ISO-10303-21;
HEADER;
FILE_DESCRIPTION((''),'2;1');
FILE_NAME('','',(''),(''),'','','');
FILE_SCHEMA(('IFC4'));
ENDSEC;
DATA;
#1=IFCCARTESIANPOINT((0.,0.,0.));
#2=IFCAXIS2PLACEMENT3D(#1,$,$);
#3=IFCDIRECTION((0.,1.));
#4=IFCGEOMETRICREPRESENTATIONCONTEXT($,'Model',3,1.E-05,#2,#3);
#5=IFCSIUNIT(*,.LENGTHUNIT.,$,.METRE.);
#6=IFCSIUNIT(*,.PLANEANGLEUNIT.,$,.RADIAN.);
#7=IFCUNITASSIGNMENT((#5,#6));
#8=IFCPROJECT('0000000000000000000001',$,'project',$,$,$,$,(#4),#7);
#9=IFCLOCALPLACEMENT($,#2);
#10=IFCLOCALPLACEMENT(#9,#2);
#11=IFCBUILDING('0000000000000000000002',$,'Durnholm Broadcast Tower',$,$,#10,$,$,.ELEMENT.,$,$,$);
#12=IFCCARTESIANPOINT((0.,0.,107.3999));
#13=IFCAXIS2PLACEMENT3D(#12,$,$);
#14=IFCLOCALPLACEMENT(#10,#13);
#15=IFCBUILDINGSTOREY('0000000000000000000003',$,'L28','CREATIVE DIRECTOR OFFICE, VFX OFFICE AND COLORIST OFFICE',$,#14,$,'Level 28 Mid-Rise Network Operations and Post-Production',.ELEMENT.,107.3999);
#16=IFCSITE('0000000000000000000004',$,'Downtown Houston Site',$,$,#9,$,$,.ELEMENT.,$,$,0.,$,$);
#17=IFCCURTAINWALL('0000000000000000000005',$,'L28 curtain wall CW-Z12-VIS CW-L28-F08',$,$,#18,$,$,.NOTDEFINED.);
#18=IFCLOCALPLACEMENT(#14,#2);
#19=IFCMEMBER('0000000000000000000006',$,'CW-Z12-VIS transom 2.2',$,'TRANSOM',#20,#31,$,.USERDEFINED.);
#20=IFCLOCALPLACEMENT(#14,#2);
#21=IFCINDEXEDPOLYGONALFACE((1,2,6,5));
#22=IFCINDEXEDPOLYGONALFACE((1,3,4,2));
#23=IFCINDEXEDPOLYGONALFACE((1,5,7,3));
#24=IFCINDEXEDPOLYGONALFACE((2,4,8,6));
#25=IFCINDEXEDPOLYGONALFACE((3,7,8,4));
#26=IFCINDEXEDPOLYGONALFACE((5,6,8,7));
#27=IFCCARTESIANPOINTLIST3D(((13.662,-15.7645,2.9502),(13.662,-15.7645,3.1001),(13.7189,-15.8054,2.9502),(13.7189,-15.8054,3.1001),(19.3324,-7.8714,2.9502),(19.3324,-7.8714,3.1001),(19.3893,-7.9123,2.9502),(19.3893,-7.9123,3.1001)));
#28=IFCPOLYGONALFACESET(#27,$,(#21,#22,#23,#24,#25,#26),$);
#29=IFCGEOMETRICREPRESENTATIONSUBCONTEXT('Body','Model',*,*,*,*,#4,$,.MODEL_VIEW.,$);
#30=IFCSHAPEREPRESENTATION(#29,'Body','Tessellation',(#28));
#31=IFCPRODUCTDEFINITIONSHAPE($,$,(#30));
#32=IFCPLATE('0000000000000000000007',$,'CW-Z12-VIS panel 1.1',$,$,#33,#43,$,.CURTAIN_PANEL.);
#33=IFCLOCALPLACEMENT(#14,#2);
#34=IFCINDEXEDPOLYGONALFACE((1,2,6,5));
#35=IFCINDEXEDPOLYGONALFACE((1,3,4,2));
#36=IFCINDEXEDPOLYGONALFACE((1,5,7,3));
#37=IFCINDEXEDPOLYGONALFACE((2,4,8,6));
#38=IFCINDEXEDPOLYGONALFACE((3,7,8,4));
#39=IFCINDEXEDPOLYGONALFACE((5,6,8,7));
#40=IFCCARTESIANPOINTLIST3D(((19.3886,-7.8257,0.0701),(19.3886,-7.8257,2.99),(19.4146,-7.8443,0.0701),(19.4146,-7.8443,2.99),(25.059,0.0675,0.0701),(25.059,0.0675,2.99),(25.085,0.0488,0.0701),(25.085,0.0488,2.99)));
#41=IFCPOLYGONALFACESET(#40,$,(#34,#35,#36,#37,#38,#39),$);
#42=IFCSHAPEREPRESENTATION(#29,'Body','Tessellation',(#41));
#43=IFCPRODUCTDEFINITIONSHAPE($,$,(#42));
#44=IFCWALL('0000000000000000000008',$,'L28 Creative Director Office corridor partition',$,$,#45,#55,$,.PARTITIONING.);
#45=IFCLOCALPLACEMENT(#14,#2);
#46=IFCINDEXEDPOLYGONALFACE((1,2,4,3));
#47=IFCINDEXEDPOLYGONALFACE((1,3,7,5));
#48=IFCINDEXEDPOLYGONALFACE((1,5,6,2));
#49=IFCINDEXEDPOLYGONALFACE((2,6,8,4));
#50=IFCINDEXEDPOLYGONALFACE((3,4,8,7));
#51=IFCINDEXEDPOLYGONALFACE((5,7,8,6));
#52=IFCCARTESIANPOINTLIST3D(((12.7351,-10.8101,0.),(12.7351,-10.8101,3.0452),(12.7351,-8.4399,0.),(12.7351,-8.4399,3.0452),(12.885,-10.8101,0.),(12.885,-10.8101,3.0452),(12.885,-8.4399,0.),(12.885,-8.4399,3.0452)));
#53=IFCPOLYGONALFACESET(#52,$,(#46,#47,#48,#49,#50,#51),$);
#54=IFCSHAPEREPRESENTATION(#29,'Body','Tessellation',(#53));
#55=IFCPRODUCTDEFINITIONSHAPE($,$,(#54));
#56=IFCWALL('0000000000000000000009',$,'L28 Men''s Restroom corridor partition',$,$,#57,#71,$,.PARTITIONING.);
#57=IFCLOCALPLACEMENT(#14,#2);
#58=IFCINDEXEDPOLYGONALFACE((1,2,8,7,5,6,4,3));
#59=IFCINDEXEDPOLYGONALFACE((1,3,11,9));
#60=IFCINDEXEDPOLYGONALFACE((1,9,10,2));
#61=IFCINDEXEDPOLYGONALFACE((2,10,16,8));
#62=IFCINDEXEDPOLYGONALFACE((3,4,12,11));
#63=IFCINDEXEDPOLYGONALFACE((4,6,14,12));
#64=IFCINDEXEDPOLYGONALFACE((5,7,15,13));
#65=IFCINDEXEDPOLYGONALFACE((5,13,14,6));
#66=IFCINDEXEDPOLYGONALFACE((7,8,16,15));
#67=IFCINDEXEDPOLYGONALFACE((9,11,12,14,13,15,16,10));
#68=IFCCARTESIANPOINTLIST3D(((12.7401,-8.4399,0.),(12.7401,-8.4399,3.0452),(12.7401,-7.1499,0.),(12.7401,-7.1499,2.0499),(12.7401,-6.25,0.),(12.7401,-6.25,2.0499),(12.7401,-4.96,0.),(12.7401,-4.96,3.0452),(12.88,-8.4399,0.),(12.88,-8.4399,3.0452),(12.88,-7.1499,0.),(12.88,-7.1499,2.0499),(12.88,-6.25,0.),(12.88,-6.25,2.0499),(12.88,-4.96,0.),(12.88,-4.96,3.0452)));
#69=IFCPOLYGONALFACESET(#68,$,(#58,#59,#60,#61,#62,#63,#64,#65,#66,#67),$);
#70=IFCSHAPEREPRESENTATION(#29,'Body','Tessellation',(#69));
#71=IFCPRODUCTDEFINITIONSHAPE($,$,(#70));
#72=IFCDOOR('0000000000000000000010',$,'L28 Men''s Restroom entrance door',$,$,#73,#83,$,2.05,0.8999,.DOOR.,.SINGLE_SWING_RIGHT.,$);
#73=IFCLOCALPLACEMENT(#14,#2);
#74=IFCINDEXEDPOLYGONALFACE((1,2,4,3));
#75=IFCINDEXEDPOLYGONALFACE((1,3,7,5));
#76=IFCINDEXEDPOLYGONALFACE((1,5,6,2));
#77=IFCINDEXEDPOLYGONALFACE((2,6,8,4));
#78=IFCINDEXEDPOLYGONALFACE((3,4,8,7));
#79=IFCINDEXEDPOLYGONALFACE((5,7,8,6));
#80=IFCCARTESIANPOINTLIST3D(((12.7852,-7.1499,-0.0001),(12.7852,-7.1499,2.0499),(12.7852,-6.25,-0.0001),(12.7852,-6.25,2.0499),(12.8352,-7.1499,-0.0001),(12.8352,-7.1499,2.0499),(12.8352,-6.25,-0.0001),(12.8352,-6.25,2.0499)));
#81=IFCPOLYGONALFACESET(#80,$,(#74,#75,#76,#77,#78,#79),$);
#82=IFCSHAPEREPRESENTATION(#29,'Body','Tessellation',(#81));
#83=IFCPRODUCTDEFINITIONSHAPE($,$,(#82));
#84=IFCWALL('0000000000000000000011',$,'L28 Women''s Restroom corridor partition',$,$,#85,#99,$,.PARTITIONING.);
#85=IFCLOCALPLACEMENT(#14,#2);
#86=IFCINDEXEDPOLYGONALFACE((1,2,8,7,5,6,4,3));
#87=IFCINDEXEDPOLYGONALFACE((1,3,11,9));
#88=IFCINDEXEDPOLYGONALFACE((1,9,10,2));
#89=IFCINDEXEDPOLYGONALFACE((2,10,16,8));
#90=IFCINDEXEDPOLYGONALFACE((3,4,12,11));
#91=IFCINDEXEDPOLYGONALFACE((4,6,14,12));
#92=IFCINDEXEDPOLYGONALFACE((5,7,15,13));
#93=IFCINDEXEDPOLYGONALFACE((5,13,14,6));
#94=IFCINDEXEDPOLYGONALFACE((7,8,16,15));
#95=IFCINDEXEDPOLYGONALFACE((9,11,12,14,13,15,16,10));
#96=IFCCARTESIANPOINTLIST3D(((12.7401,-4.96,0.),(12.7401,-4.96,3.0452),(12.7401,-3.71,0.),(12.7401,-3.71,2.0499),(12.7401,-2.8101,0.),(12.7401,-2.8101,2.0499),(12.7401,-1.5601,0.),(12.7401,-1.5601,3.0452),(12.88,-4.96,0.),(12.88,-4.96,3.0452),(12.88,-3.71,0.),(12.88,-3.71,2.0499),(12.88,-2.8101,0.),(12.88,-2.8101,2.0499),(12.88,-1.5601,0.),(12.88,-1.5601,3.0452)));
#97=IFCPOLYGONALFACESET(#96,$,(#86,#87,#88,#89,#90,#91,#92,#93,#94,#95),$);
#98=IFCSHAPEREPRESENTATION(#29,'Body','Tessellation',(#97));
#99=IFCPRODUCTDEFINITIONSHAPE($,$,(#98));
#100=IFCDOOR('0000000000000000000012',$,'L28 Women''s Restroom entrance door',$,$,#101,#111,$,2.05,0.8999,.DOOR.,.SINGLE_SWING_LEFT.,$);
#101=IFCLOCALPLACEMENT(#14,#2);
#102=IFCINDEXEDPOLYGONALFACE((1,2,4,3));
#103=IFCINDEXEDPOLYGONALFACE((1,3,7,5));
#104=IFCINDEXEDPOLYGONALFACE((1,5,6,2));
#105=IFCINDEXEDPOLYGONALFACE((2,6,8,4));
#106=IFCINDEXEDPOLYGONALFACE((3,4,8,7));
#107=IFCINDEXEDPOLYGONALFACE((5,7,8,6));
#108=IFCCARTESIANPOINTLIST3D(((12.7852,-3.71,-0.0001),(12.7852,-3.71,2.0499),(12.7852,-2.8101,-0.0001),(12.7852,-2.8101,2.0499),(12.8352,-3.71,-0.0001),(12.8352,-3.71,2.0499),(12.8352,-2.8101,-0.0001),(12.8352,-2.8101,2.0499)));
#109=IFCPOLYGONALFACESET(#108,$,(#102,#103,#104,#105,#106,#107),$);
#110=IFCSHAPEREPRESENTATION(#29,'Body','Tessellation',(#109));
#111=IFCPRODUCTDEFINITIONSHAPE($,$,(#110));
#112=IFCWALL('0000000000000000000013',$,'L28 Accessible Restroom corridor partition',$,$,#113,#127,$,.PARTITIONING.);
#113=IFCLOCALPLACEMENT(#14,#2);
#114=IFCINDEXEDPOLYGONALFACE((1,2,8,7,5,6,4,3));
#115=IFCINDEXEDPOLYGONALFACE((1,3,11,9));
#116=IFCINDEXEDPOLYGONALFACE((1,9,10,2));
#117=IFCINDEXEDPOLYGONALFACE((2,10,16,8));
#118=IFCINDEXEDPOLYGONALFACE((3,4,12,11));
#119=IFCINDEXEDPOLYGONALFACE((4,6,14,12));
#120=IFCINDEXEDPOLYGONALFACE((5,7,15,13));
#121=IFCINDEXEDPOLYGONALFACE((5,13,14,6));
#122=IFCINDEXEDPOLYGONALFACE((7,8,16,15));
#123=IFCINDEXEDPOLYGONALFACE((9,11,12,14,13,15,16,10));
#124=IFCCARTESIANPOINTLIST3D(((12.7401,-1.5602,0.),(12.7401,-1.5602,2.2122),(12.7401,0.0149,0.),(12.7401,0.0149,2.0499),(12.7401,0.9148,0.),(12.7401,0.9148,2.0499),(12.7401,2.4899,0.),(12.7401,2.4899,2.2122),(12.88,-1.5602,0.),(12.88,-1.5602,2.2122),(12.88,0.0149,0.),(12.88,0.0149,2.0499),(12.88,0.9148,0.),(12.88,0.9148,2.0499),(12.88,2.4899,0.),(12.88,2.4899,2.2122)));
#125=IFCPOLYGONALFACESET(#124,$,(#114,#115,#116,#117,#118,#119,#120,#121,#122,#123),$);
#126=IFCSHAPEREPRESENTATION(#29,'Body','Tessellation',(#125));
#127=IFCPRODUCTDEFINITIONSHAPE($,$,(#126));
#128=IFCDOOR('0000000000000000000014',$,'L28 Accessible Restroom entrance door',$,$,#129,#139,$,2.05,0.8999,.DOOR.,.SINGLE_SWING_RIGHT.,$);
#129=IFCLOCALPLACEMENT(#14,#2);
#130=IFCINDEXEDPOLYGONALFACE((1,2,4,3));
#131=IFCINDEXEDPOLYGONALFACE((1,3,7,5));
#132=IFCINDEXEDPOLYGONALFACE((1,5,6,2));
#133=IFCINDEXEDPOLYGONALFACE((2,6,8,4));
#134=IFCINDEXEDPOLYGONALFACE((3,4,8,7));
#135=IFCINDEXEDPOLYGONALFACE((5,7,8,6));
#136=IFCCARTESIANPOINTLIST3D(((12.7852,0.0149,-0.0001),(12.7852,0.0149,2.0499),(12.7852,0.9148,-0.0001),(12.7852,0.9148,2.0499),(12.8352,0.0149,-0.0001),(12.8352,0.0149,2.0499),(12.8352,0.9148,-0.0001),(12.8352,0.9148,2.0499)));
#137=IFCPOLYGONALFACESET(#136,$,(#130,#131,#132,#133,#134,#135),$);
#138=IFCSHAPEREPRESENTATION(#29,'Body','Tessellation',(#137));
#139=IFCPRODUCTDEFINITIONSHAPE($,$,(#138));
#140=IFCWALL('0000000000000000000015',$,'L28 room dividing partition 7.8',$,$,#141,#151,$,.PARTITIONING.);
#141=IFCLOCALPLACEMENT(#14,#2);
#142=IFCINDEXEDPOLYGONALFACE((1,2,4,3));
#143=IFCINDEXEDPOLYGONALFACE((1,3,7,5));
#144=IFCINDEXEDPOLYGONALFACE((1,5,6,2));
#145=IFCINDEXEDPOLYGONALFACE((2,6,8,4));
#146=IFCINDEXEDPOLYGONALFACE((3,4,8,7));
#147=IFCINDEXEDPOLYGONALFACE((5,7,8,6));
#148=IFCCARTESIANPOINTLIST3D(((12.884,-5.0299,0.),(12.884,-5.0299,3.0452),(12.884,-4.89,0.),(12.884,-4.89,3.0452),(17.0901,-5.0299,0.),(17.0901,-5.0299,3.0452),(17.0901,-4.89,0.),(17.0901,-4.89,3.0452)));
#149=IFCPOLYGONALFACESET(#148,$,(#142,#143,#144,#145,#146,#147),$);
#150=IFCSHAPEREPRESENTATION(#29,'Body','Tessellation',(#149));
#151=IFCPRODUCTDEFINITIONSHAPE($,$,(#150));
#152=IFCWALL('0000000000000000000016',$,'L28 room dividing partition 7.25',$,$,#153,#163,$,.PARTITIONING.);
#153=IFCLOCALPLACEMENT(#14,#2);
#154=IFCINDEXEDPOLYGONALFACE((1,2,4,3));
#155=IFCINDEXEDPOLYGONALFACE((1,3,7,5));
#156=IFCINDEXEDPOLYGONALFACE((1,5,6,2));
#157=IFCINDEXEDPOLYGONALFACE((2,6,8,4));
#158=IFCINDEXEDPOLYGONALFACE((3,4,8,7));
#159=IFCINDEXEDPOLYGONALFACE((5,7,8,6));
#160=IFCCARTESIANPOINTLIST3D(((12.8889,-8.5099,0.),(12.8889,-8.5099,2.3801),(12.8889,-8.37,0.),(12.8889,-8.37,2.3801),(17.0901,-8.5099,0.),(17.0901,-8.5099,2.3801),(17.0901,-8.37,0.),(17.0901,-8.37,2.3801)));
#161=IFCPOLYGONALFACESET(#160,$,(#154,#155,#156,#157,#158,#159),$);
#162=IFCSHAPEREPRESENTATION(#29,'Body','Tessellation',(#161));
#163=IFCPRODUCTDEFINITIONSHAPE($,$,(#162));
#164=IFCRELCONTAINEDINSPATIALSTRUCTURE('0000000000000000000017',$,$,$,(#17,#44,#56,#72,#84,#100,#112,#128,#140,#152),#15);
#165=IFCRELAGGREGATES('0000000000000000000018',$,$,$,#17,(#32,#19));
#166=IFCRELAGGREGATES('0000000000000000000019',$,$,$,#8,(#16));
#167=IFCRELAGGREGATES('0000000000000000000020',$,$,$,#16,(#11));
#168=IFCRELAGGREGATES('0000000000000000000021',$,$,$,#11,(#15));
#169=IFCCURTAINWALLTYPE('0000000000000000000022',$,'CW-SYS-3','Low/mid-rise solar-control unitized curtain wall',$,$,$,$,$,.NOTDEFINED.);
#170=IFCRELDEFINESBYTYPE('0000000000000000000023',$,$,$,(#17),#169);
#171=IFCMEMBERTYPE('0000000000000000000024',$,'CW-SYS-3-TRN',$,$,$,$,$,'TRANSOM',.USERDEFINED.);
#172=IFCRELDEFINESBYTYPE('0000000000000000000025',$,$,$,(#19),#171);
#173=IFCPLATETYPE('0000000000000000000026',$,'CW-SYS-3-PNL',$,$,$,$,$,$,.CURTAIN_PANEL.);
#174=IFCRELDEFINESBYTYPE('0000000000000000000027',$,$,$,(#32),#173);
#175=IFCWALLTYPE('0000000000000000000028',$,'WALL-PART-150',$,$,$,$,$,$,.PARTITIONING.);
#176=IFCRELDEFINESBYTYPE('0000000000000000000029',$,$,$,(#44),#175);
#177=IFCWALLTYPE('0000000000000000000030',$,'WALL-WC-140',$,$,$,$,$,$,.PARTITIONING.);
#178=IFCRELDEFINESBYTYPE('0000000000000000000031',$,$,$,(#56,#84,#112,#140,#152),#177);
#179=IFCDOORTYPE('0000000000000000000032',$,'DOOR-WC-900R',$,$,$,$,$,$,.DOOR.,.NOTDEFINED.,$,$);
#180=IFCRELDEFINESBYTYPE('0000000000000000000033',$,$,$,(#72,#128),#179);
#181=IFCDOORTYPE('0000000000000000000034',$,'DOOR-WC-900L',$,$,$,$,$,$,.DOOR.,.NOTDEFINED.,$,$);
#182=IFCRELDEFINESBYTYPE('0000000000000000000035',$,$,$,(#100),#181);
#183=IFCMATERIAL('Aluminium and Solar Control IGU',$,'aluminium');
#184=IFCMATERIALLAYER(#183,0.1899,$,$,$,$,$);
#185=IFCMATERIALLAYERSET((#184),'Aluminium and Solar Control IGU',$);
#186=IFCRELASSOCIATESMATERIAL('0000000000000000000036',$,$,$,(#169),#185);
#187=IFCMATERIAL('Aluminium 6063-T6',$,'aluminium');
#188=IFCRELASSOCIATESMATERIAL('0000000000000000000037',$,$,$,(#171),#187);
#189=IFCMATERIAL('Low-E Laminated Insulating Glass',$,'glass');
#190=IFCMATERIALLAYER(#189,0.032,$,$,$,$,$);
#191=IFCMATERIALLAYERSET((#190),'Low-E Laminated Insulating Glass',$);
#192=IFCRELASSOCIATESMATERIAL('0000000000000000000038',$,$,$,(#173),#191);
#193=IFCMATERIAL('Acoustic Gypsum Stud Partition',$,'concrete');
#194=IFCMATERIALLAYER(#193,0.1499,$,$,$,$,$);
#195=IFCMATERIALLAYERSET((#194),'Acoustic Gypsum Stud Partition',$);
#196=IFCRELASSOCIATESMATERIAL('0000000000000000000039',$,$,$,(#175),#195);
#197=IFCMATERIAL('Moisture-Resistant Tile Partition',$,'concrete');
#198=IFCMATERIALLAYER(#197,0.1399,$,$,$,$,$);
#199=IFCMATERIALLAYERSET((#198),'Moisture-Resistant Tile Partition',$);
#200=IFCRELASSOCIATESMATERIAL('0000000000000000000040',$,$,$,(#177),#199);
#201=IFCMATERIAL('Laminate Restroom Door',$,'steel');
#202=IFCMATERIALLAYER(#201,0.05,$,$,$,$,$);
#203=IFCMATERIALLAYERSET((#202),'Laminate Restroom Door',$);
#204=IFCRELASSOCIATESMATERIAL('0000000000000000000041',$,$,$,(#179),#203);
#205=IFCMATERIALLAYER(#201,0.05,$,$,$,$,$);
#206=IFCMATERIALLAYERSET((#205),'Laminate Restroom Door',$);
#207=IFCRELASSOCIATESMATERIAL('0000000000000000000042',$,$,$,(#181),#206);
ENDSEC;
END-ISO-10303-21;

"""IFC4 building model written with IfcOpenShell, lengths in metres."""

from ifc_helpers import new_model, si_unit, direction, frame, frame_2d, origin, origin_2d, place, context, subcontext, project, spatial, rectangle, extrude, source, transform, mapped, material, layer, layer_set, material_profile, profile_set, type_object, type_shapes, element, fill, aggregate, save


model = new_model("IFC4")

# Units and contexts
model_context = context("Model", 3, precision=1e-05, world=origin(), true_north=direction((0.0, 1.0)))
body_context = subcontext(model_context, "Body", "Model", "MODEL_VIEW")
ifc_project = project(units=[si_unit("LENGTHUNIT", "METRE"), si_unit("PLANEANGLEUNIT", "RADIAN")], contexts=[model_context])

# Site, building, storey
site_placement = place(None, origin())
site = spatial("IfcSite", under=ifc_project, at=site_placement, Name="Downtown Houston Site", CompositionType="ELEMENT", RefElevation=0.0)
building_placement = place(site_placement, origin())
building = spatial("IfcBuilding", under=site, at=building_placement, Name="Durnholm Broadcast Tower", CompositionType="ELEMENT")
storey_placement = place(building_placement, frame((0.0, 0.0, 107.3999)))
storey = spatial("IfcBuildingStorey", under=building, at=storey_placement, Name="L28", Description="CREATIVE DIRECTOR OFFICE, VFX OFFICE AND COLORIST OFFICE", LongName="Level 28 Mid-Rise Network Operations and Post-Production", CompositionType="ELEMENT", Elevation=107.3999)

# Shared definitions
ifc_material_1 = material(Name="Aluminium and Solar Control IGU", Category="aluminium")
ifc_material_2 = material(Name="Aluminium 6063-T6", Category="aluminium")

# Curtain wall, member, plate
ifc_layer_1 = layer(ifc_material_1, 0.1899)
ifc_layer_set_1 = layer_set([ifc_layer_1], Name="Aluminium and Solar Control IGU")
curtain_wall_type_1 = type_object("IfcCurtainWallType", Name="CW-SYS-3", Description="Low/mid-rise solar-control unitized curtain wall", PredefinedType="NOTDEFINED", material=ifc_layer_set_1)
curtain_wall_1_placement = place(storey_placement, origin())
curtain_wall_1 = element("IfcCurtainWall", 1, at=curtain_wall_1_placement, inside=storey, type_object=curtain_wall_type_1, Name="L28 curtain wall CW-Z12-VIS CW-L28-F08", PredefinedType="NOTDEFINED")
ifc_material_profile_1 = material_profile(ifc_material_2, rectangle(XDim=0.0701, YDim=0.1499, at=origin_2d()), Name="CWT70X150")
ifc_profile_set_1 = profile_set([ifc_material_profile_1], Name="Aluminium 6063-T6")
member_type_1 = type_object("IfcMemberType", Name="CW-SYS-3-TRN", ElementType="TRANSOM", PredefinedType="USERDEFINED", material=ifc_profile_set_1)
shared_shape_1 = source(origin(), body_context, "Body", "SweptSolid", [
    extrude(rectangle(XDim=0.0701, YDim=0.1499, at=origin_2d()), origin(), (0.0, 0.0, 1.0), 9.7188),
])
type_shapes(member_type_1, [shared_shape_1])
member_1_placement = place(storey_placement, frame((19.3608, -7.8918, 3.0251), z_axis=(-0.583451, -0.812149, 0.0), x_axis=(0.812149, -0.583451, 0.0)))
member_1 = element("IfcMember", 2, at=member_1_placement, type_object=member_type_1, Name="CW-Z12-VIS transom 2.2", ObjectType="TRANSOM", PredefinedType="USERDEFINED", context=body_context, shape_type="MappedRepresentation", body=[
    mapped(shared_shape_1, transform((0.0, 0.0, 0.0), x_axis=(1.0, 0.0, 0.0), y_axis=(0.0, 1.0, 0.0), z_axis=(0.0, 0.0, 1.0), scale=1.0)),
])
ifc_material_3 = material(Name="Low-E Laminated Insulating Glass", Category="glass")
ifc_layer_2 = layer(ifc_material_3, 0.032)
ifc_layer_set_2 = layer_set([ifc_layer_2], Name="Low-E Laminated Insulating Glass")
plate_type = type_object("IfcPlateType", Name="CW-SYS-3-PNL", PredefinedType="CURTAIN_PANEL", material=ifc_layer_set_2)
shared_shape_2 = source(origin(), body_context, "Body", "SweptSolid", [
    extrude(rectangle(XDim=9.7188, YDim=0.032, at=origin_2d()), origin(), (0.0, 0.0, 1.0), 2.9199),
])
type_shapes(plate_type, [shared_shape_2])
plate_placement = place(storey_placement, frame((22.2368, -3.8884, 0.0701), z_axis=(0.0, 0.0, 1.0), x_axis=(-0.583445, -0.812152, 0.0)))
plate = element("IfcPlate", 3, at=plate_placement, type_object=plate_type, Name="CW-Z12-VIS panel 1.1", PredefinedType="CURTAIN_PANEL", context=body_context, shape_type="MappedRepresentation", body=[
    mapped(shared_shape_2, transform((0.0, 0.0, 0.0), x_axis=(1.0, 0.0, 0.0), y_axis=(0.0, 1.0, 0.0), z_axis=(0.0, 0.0, 1.0), scale=1.0)),
])
aggregate(curtain_wall_1, [plate, member_1])

# Wall
ifc_material_4 = material(Name="Acoustic Gypsum Stud Partition", Category="concrete")
ifc_layer_3 = layer(ifc_material_4, 0.1499)
ifc_layer_set_3 = layer_set([ifc_layer_3], Name="Acoustic Gypsum Stud Partition")
wall_type_1 = type_object("IfcWallType", Name="WALL-PART-150", PredefinedType="PARTITIONING", material=ifc_layer_set_3)
wall_1_placement = place(storey_placement, frame((12.8101, -10.8101, 0.0), z_axis=(0.0, 0.0, 1.0), x_axis=(0.0, 1.0, 0.0)))
element("IfcWall", 4, at=wall_1_placement, inside=storey, type_object=wall_type_1, Name="L28 Creative Director Office corridor partition", PredefinedType="PARTITIONING", context=body_context, shape_type="SweptSolid", body=[
    extrude(rectangle(XDim=2.3701, YDim=0.1499, at=frame_2d((1.1851, 0.0))), origin(), (0.0, 0.0, 1.0), 3.0452),
])

# Walls, openings, doors
ifc_material_5 = material(Name="Moisture-Resistant Tile Partition", Category="concrete")
ifc_layer_4 = layer(ifc_material_5, 0.1399)
ifc_layer_set_4 = layer_set([ifc_layer_4], Name="Moisture-Resistant Tile Partition")
wall_type_2 = type_object("IfcWallType", Name="WALL-WC-140", PredefinedType="PARTITIONING", material=ifc_layer_set_4)
wall_2_placement = place(storey_placement, frame((12.8101, -8.4399, 0.0), z_axis=(0.0, 0.0, 1.0), x_axis=(0.0, 1.0, 0.0)))
wall_2 = element("IfcWall", 5, at=wall_2_placement, inside=storey, type_object=wall_type_2, Name="L28 Men's Restroom corridor partition", PredefinedType="PARTITIONING", context=body_context, shape_type="SweptSolid", body=[
    extrude(rectangle(XDim=3.48, YDim=0.1399, at=frame_2d((1.74, 0.0))), origin(), (0.0, 0.0, 1.0), 3.0452),
])
opening_1_placement = place(wall_2_placement, frame((1.29, 0.0, 0.0)))
opening_1 = element("IfcOpeningElement", 6, at=opening_1_placement, cuts=wall_2, PredefinedType="OPENING", context=body_context, shape_type="SweptSolid", body=[
    extrude(rectangle(XDim=0.8999, YDim=2.05, at=frame_2d((0.45, 1.0249))), frame((0.0, 0.0801, 0.0), z_axis=(0.0, -1.0, 0.0), x_axis=(1.0, 0.0, 0.0)), (0.0, 0.0, 1.0), 0.1599),
])
ifc_material_6 = material(Name="Laminate Restroom Door", Category="steel")
ifc_layer_5 = layer(ifc_material_6, 0.05)
ifc_layer_set_5 = layer_set([ifc_layer_5], Name="Laminate Restroom Door")
door_type_1 = type_object("IfcDoorType", Name="DOOR-WC-900R", OperationType="NOTDEFINED", PredefinedType="DOOR", material=ifc_layer_set_5)
shared_shape_3 = source(origin(), body_context, "Body", "SweptSolid", [
    extrude(rectangle(XDim=0.8999, YDim=2.05, at=frame_2d((0.45, 1.0249))), frame((0.0, 0.0249, 0.0), z_axis=(0.0, -1.0, 0.0), x_axis=(1.0, 0.0, 0.0)), (0.0, 0.0, 1.0), 0.05),
])
type_shapes(door_type_1, [shared_shape_3])
door_1_placement = place(opening_1_placement, origin())
door_1 = element("IfcDoor", 7, at=door_1_placement, inside=storey, type_object=door_type_1, Name="L28 Men's Restroom entrance door", OperationType="SINGLE_SWING_RIGHT", OverallHeight=2.05, OverallWidth=0.8999, PredefinedType="DOOR", context=body_context, shape_type="MappedRepresentation", body=[
    mapped(shared_shape_3, transform((0.0, 0.0, 0.0), x_axis=(1.0, 0.0, 0.0), y_axis=(0.0, 1.0, 0.0), z_axis=(0.0, 0.0, 1.0), scale=1.0)),
])
fill(opening_1, door_1)
wall_3_placement = place(storey_placement, frame((12.8101, -4.96, 0.0), z_axis=(0.0, 0.0, 1.0), x_axis=(0.0, 1.0, 0.0)))
wall_3 = element("IfcWall", 8, at=wall_3_placement, inside=storey, type_object=wall_type_2, Name="L28 Women's Restroom corridor partition", PredefinedType="PARTITIONING", context=body_context, shape_type="SweptSolid", body=[
    extrude(rectangle(XDim=3.3999, YDim=0.1399, at=frame_2d((1.7, 0.0))), origin(), (0.0, 0.0, 1.0), 3.0452),
])
opening_2_placement = place(wall_3_placement, frame((1.25, 0.0, 0.0)))
opening_2 = element("IfcOpeningElement", 9, at=opening_2_placement, cuts=wall_3, PredefinedType="OPENING", context=body_context, shape_type="SweptSolid", body=[
    extrude(rectangle(XDim=0.8999, YDim=2.05, at=frame_2d((0.45, 1.0249))), frame((0.0, 0.0801, 0.0), z_axis=(0.0, -1.0, 0.0), x_axis=(1.0, 0.0, 0.0)), (0.0, 0.0, 1.0), 0.1599),
])
ifc_layer_6 = layer(ifc_material_6, 0.05)
ifc_layer_set_6 = layer_set([ifc_layer_6], Name="Laminate Restroom Door")
door_type_2 = type_object("IfcDoorType", Name="DOOR-WC-900L", OperationType="NOTDEFINED", PredefinedType="DOOR", material=ifc_layer_set_6)
shared_shape_4 = source(origin(), body_context, "Body", "SweptSolid", [
    extrude(rectangle(XDim=0.8999, YDim=2.05, at=frame_2d((0.45, 1.0249))), frame((0.0, 0.0249, 0.0), z_axis=(0.0, -1.0, 0.0), x_axis=(1.0, 0.0, 0.0)), (0.0, 0.0, 1.0), 0.05),
])
type_shapes(door_type_2, [shared_shape_4])
door_2_placement = place(opening_2_placement, origin())
door_2 = element("IfcDoor", 10, at=door_2_placement, inside=storey, type_object=door_type_2, Name="L28 Women's Restroom entrance door", OperationType="SINGLE_SWING_LEFT", OverallHeight=2.05, OverallWidth=0.8999, PredefinedType="DOOR", context=body_context, shape_type="MappedRepresentation", body=[
    mapped(shared_shape_4, transform((0.0, 0.0, 0.0), x_axis=(1.0, 0.0, 0.0), y_axis=(0.0, 1.0, 0.0), z_axis=(0.0, 0.0, 1.0), scale=1.0)),
])
fill(opening_2, door_2)
wall_4_placement = place(storey_placement, frame((12.8101, -1.5601, 0.0), z_axis=(0.0, 0.0, 1.0), x_axis=(0.0, 1.0, 0.0)))
wall_4 = element("IfcWall", 11, at=wall_4_placement, inside=storey, type_object=wall_type_2, Name="L28 Accessible Restroom corridor partition", PredefinedType="PARTITIONING", context=body_context, shape_type="SweptSolid", body=[
    extrude(rectangle(XDim=4.05, YDim=0.1399, at=frame_2d((2.0249, 0.0))), origin(), (0.0, 0.0, 1.0), 2.2122),
])
opening_3_placement = place(wall_4_placement, frame((1.575, 0.0, 0.0)))
opening_3 = element("IfcOpeningElement", 12, at=opening_3_placement, cuts=wall_4, PredefinedType="OPENING", context=body_context, shape_type="SweptSolid", body=[
    extrude(rectangle(XDim=0.8999, YDim=2.05, at=frame_2d((0.45, 1.0249))), frame((0.0, 0.0801, 0.0), z_axis=(0.0, -1.0, 0.0), x_axis=(1.0, 0.0, 0.0)), (0.0, 0.0, 1.0), 0.1599),
])
door_3_placement = place(opening_3_placement, origin())
door_3 = element("IfcDoor", 13, at=door_3_placement, inside=storey, type_object=door_type_1, Name="L28 Accessible Restroom entrance door", OperationType="SINGLE_SWING_RIGHT", OverallHeight=2.05, OverallWidth=0.8999, PredefinedType="DOOR", context=body_context, shape_type="MappedRepresentation", body=[
    mapped(shared_shape_3, transform((0.0, 0.0, 0.0), x_axis=(1.0, 0.0, 0.0), y_axis=(0.0, 1.0, 0.0), z_axis=(0.0, 0.0, 1.0), scale=1.0)),
])
fill(opening_3, door_3)

# Walls
wall_5_placement = place(storey_placement, frame((12.884, -4.96, 0.0), z_axis=(0.0, 0.0, 1.0), x_axis=(1.0, 0.0, 0.0)))
element("IfcWall", 14, at=wall_5_placement, inside=storey, type_object=wall_type_2, Name="L28 room dividing partition 7.8", PredefinedType="PARTITIONING", context=body_context, shape_type="SweptSolid", body=[
    extrude(rectangle(XDim=4.2061, YDim=0.1399, at=frame_2d((2.103, 0.0))), origin(), (0.0, 0.0, 1.0), 3.0452),
])
wall_6_placement = place(storey_placement, frame((17.0901, -8.4399, 0.0), z_axis=(0.0, 0.0, 1.0), x_axis=(-1.0, 0.0, 0.0)))
element("IfcWall", 15, at=wall_6_placement, inside=storey, type_object=wall_type_2, Name="L28 room dividing partition 7.25", PredefinedType="PARTITIONING", context=body_context, shape_type="SweptSolid", body=[
    extrude(rectangle(XDim=4.2012, YDim=0.1399, at=frame_2d((2.1006, 0.0))), origin(), (0.0, 0.0, 1.0), 2.3801),
])

save(model, "model.ifc")
